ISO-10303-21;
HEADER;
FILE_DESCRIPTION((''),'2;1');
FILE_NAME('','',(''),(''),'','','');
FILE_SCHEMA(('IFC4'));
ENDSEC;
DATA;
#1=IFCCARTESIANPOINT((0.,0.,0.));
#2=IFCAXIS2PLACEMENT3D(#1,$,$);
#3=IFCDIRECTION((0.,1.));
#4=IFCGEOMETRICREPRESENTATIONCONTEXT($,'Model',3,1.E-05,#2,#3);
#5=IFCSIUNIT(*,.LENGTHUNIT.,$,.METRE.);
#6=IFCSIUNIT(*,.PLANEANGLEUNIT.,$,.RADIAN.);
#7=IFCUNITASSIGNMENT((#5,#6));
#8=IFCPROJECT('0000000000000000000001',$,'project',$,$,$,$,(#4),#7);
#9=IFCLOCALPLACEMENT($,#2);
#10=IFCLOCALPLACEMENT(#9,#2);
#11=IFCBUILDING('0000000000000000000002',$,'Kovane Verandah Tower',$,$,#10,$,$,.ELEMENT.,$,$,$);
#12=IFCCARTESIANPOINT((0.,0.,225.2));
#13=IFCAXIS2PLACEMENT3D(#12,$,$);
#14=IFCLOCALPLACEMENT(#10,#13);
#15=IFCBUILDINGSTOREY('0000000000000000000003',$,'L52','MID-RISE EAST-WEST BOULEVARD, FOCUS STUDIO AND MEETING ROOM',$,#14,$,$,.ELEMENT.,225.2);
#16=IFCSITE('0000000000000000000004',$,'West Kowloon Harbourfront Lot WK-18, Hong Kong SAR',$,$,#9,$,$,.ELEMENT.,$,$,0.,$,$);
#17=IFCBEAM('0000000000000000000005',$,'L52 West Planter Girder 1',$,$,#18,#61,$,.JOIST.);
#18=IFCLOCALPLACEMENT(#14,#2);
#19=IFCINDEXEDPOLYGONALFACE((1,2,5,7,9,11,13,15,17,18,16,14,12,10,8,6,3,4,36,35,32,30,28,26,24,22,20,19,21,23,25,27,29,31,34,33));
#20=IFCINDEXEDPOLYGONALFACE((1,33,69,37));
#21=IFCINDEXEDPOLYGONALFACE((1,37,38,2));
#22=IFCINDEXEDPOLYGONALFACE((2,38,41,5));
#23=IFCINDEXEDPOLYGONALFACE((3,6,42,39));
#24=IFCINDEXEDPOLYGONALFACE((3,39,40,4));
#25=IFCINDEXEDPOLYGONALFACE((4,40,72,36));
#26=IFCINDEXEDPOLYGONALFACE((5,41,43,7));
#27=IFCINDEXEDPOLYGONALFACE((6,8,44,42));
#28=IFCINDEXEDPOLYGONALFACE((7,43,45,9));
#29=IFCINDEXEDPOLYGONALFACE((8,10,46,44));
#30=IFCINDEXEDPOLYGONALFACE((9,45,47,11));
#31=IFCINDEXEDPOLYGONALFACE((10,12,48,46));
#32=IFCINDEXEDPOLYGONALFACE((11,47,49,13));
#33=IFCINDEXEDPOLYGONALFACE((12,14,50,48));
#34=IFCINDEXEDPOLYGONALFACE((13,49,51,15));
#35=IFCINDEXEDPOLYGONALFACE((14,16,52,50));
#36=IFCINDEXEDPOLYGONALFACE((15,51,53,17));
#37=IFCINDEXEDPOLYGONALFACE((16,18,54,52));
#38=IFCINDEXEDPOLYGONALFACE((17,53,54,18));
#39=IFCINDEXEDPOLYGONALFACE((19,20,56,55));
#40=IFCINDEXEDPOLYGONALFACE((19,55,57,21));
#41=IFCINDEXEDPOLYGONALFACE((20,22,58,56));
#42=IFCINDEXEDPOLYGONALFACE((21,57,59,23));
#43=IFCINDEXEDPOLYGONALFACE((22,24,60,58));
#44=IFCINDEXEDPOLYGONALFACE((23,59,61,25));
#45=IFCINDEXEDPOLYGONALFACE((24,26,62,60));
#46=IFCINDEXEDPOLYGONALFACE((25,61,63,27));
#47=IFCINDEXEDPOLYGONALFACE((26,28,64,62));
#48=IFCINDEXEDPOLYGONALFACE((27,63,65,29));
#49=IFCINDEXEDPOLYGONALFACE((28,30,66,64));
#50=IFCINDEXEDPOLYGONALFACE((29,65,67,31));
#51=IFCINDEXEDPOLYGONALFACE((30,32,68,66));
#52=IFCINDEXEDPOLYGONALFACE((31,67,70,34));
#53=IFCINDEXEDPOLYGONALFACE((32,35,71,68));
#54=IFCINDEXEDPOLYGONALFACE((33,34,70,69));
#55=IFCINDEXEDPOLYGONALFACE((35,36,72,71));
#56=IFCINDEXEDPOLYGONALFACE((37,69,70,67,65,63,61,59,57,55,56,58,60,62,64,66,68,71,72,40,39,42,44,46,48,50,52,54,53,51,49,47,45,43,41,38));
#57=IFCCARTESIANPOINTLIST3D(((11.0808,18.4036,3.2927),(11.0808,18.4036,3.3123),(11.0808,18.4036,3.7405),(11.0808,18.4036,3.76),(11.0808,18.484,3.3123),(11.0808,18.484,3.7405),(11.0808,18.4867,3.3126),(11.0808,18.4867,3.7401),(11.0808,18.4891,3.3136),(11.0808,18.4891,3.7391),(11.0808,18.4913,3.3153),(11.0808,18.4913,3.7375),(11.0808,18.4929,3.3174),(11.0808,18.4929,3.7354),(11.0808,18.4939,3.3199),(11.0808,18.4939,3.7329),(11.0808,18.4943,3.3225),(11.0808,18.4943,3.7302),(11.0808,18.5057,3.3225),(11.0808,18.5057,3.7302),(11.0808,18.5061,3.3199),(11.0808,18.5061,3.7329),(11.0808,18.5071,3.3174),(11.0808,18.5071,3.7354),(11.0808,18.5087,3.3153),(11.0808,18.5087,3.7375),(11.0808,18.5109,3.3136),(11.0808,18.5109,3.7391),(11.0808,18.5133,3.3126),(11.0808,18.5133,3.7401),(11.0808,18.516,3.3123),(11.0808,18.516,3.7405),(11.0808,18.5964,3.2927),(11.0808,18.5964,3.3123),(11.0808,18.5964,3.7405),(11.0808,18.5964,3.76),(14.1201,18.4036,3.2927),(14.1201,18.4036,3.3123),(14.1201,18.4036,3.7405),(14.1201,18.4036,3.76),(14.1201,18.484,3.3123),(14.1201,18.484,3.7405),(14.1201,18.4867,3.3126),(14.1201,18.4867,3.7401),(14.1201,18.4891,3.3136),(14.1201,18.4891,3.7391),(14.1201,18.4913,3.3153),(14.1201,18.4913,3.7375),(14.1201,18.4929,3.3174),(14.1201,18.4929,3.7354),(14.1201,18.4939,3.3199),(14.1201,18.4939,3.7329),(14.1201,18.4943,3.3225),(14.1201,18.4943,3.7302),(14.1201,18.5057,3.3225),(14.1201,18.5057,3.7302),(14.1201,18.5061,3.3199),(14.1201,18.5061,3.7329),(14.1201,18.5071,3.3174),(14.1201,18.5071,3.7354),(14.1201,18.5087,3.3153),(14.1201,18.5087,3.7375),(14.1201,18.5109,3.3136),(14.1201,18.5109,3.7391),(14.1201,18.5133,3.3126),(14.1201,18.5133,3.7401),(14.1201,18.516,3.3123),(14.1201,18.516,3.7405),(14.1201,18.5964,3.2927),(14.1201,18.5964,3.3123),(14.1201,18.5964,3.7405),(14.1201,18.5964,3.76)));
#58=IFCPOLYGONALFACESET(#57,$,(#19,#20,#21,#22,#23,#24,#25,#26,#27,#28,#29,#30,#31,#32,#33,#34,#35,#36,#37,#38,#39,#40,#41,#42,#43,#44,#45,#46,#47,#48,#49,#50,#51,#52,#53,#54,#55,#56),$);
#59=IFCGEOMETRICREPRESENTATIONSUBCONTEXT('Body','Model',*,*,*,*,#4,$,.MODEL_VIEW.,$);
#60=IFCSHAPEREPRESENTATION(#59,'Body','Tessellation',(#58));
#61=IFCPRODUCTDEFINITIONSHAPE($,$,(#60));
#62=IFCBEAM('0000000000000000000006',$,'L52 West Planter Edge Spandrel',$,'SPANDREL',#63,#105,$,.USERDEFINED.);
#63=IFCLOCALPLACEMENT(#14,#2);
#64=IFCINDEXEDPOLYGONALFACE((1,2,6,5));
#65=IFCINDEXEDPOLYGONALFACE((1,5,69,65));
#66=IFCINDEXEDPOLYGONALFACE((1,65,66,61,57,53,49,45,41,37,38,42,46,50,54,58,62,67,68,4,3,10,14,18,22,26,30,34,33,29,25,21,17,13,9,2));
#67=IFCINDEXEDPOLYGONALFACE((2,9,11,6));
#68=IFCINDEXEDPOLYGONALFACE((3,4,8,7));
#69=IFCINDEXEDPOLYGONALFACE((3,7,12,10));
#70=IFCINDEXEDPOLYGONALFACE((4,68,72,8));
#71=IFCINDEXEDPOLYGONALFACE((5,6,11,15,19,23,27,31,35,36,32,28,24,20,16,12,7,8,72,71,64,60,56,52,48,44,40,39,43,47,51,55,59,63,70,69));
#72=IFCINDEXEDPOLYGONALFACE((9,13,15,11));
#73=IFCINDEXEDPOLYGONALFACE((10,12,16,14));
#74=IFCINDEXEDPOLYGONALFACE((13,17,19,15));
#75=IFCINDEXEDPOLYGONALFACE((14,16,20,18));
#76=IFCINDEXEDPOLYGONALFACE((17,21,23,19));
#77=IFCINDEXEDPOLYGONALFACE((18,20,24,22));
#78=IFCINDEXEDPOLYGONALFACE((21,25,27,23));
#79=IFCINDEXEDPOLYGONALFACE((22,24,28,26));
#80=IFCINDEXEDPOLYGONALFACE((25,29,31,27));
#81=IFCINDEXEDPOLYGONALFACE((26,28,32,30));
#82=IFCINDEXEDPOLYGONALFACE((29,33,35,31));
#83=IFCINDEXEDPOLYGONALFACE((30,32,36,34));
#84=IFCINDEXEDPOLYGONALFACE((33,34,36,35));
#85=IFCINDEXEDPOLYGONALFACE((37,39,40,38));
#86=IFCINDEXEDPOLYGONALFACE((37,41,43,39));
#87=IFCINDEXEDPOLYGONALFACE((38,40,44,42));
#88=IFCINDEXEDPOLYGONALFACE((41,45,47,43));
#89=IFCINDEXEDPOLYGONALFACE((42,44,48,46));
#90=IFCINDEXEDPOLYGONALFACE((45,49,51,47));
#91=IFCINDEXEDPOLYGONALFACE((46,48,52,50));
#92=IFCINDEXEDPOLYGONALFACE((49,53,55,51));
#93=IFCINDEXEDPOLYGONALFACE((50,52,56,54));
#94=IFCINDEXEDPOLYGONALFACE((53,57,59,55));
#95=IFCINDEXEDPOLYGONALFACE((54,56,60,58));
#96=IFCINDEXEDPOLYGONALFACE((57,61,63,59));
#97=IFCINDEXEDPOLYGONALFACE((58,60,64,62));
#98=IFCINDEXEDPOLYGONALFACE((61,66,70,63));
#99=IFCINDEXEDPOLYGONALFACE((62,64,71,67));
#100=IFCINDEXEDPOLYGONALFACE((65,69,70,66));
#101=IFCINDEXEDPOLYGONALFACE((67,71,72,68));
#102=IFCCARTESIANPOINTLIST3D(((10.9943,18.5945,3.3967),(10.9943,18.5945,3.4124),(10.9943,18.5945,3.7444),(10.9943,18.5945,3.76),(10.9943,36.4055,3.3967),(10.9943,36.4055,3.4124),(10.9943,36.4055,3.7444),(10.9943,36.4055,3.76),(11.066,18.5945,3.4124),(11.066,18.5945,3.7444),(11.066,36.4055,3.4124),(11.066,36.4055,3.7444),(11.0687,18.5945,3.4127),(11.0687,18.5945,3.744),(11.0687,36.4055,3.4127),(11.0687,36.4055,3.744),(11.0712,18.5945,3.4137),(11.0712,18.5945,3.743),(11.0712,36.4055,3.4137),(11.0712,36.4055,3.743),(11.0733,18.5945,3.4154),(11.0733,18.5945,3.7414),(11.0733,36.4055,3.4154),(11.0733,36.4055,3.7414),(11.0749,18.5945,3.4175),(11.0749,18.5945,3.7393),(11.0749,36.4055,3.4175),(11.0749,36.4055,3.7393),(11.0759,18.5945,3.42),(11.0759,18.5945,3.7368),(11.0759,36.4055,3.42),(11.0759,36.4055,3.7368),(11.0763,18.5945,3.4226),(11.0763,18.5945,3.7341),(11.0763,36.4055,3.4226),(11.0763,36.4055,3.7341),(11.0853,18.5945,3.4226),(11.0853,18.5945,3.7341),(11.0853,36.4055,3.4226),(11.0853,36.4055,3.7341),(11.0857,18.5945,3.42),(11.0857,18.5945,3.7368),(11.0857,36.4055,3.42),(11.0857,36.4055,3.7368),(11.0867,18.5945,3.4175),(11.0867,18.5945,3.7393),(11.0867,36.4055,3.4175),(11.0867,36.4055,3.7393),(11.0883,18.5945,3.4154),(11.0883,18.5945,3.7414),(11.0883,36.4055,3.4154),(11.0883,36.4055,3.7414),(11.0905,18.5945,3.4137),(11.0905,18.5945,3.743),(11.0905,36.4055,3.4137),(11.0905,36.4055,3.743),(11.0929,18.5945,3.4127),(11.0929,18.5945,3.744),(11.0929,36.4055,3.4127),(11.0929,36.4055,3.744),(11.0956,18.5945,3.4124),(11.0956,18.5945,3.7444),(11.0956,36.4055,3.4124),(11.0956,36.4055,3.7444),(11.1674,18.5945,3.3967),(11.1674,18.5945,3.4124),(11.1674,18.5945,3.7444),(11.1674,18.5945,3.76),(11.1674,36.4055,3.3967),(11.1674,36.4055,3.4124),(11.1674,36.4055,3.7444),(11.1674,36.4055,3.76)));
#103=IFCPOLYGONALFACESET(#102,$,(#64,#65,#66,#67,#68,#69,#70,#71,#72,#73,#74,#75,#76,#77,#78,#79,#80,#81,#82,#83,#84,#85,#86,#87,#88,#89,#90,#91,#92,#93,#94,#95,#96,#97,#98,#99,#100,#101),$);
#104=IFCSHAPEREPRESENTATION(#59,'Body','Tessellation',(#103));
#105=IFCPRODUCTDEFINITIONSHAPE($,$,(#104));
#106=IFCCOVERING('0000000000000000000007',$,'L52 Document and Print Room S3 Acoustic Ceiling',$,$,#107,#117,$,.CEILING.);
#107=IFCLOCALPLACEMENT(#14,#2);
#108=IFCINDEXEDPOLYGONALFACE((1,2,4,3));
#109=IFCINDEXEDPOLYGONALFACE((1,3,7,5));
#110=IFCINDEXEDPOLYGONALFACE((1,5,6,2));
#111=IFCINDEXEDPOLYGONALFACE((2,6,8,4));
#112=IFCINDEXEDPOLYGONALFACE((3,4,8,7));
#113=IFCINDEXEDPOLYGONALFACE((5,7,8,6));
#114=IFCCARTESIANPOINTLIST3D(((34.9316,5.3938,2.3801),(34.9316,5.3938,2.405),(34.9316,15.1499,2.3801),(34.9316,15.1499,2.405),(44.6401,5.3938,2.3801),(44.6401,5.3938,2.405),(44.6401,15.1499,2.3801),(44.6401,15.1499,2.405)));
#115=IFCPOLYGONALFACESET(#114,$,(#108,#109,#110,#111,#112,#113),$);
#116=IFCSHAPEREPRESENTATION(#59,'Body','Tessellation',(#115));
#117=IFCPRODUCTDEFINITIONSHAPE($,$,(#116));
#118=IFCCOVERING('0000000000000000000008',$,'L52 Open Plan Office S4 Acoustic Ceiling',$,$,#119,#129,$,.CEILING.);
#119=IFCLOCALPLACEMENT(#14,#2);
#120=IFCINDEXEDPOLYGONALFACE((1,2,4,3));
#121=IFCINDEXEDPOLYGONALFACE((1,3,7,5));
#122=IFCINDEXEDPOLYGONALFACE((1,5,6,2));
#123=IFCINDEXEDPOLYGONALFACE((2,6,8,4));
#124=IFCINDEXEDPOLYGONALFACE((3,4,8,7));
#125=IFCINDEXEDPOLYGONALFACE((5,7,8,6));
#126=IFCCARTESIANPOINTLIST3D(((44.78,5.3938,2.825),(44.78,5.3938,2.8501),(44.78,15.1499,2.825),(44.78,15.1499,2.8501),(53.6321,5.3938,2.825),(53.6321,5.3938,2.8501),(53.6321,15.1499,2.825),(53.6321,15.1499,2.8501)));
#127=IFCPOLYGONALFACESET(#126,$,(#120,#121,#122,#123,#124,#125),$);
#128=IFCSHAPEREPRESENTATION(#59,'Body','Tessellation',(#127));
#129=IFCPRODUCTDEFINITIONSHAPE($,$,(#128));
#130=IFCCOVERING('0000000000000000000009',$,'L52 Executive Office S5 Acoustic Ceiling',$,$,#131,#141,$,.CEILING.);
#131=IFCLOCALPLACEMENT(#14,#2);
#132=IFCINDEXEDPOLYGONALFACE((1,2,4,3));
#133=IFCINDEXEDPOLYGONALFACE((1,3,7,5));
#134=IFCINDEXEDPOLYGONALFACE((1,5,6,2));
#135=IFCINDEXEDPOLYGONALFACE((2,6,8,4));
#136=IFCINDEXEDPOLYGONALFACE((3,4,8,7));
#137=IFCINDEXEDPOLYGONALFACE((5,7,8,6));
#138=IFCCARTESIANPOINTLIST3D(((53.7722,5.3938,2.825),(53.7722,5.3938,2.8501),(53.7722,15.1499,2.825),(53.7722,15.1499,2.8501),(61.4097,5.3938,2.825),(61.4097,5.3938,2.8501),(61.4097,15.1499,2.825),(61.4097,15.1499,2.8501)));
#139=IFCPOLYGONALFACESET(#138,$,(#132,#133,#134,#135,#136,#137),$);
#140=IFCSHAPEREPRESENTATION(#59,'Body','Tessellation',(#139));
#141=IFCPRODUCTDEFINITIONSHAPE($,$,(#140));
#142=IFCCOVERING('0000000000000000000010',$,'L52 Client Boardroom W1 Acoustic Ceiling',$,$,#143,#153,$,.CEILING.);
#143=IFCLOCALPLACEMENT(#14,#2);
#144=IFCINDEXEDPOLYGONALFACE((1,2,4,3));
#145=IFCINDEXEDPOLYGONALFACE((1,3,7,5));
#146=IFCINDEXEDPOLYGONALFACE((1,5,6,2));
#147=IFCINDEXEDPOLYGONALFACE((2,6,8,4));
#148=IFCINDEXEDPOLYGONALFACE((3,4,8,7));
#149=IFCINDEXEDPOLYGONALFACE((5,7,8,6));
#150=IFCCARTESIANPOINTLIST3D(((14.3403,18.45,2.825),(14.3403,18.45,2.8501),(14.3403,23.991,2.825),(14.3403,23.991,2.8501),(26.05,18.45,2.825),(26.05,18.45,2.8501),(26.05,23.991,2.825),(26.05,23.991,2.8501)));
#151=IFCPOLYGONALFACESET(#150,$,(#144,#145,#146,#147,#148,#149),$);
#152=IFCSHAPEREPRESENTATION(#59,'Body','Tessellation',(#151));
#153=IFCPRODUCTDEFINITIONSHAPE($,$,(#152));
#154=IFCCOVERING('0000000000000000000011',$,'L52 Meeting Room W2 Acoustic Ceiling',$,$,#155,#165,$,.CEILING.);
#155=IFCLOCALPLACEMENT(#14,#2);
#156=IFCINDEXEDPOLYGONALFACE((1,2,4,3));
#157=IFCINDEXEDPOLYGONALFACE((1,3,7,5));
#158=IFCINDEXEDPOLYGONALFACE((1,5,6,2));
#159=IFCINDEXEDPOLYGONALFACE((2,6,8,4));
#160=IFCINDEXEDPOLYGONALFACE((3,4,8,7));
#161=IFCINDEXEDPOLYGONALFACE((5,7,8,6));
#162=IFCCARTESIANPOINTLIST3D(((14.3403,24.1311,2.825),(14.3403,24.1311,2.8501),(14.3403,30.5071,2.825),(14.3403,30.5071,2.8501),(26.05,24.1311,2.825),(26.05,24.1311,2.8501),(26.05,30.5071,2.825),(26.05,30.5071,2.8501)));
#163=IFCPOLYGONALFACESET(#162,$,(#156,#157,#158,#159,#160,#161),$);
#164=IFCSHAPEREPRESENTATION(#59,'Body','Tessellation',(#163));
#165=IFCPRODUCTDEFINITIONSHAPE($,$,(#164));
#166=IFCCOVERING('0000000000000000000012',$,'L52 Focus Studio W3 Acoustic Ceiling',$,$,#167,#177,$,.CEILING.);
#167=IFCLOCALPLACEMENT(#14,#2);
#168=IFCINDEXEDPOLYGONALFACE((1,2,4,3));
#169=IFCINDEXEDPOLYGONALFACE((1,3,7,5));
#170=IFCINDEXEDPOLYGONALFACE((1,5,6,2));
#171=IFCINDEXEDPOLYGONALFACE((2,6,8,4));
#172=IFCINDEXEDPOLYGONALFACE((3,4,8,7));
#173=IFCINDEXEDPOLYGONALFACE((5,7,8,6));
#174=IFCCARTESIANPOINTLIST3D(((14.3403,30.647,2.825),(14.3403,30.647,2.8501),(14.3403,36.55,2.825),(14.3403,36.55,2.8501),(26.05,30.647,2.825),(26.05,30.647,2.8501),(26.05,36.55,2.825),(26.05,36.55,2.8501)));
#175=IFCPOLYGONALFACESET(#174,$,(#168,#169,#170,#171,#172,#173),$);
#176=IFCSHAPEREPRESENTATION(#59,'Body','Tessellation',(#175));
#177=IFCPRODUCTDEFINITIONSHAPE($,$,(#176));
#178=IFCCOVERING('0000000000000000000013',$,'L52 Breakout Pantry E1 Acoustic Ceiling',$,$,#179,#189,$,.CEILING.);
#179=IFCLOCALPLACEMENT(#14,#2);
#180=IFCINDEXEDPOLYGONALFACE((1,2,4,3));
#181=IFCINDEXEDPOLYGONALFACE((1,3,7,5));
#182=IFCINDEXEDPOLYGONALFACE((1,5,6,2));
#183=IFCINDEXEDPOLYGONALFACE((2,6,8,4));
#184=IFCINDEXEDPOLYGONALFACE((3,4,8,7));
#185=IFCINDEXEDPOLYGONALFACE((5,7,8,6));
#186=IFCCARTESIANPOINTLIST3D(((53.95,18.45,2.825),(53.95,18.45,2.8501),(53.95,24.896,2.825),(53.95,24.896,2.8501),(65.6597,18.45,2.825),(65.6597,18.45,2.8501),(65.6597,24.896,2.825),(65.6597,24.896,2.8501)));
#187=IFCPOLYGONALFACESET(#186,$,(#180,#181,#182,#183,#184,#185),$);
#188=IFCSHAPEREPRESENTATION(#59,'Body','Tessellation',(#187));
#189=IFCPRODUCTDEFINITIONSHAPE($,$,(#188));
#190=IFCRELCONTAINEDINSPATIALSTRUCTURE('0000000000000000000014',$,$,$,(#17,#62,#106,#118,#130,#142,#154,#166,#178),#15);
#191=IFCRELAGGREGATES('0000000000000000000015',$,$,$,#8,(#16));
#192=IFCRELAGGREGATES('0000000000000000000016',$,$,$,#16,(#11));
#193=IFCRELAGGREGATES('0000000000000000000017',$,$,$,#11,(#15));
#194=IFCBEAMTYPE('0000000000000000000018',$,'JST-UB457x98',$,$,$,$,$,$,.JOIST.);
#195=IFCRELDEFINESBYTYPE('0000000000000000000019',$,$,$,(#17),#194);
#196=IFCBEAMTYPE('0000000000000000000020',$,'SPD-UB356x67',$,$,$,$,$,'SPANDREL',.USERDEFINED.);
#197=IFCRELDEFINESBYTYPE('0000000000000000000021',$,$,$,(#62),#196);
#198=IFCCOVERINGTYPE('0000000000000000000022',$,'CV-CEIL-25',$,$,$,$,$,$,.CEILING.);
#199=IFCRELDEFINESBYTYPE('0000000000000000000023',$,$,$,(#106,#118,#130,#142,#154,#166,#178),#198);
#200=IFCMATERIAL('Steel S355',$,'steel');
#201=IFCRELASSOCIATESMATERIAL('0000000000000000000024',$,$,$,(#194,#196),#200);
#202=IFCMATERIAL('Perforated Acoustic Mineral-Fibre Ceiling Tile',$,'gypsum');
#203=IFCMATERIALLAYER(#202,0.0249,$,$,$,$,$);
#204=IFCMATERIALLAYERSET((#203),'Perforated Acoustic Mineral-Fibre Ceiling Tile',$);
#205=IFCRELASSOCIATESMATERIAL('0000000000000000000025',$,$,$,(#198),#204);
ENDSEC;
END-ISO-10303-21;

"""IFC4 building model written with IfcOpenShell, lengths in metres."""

from ifc_helpers import new_model, si_unit, direction, frame, origin, origin_2d, place, context, subcontext, project, spatial, polyline, i_section, outline, extrude, material, layer, layer_set, material_profile, profile_set, type_object, element, save


model = new_model("IFC4")

# Units and contexts
model_context = context("Model", 3, precision=1e-05, world=origin(), true_north=direction((0.0, 1.0)))
body_context = subcontext(model_context, "Body", "Model", "MODEL_VIEW")
ifc_project = project(units=[si_unit("LENGTHUNIT", "METRE"), si_unit("PLANEANGLEUNIT", "RADIAN")], contexts=[model_context])

# Site, building, storey
site_placement = place(None, origin())
site = spatial("IfcSite", under=ifc_project, at=site_placement, Name="West Kowloon Harbourfront Lot WK-18, Hong Kong SAR", CompositionType="ELEMENT", RefElevation=0.0)
building_placement = place(site_placement, origin())
building = spatial("IfcBuilding", under=site, at=building_placement, Name="Kovane Verandah Tower", CompositionType="ELEMENT")
storey_placement = place(building_placement, frame((0.0, 0.0, 225.2)))
storey = spatial("IfcBuildingStorey", under=building, at=storey_placement, Name="L52", Description="MID-RISE EAST-WEST BOULEVARD, FOCUS STUDIO AND MEETING ROOM", CompositionType="ELEMENT", Elevation=225.2)

# Beams
ifc_material_1 = material(Name="Steel S355", Category="steel")
ifc_material_profile_1 = material_profile(ifc_material_1, i_section(OverallWidth=0.1929, OverallDepth=0.4673, WebThickness=0.0115, FlangeThickness=0.0195, FilletRadius=0.0103, at=origin_2d()), Name="UB457x191x98")
ifc_profile_set_1 = profile_set([ifc_material_profile_1], Name="Steel S355")
beam_type_1 = type_object("IfcBeamType", Name="JST-UB457x98", PredefinedType="JOIST", material=ifc_profile_set_1)
beam_1_placement = place(storey_placement, frame((14.1201, 18.5, 3.5264), z_axis=(-1.0, 0.0, 0.0), x_axis=(0.0, -1.0, 0.0)))
element("IfcBeam", 1, at=beam_1_placement, inside=storey, type_object=beam_type_1, Name="L52 West Planter Girder 1", PredefinedType="JOIST", context=body_context, shape_type="SweptSolid", body=[
    extrude(i_section(OverallWidth=0.1929, OverallDepth=0.4673, WebThickness=0.0115, FlangeThickness=0.0195, FilletRadius=0.0103, at=origin_2d()), origin(), (0.0, 0.0, 1.0), 3.0393),
])
ifc_material_profile_2 = material_profile(ifc_material_1, i_section(OverallWidth=0.1731, OverallDepth=0.3633, WebThickness=0.009, FlangeThickness=0.0156, FilletRadius=0.0103, at=origin_2d()), Name="UB356x171x67")
ifc_profile_set_2 = profile_set([ifc_material_profile_2], Name="Steel S355")
beam_type_2 = type_object("IfcBeamType", Name="SPD-UB356x67", ElementType="SPANDREL", PredefinedType="USERDEFINED", material=ifc_profile_set_2)
beam_2_placement = place(storey_placement, frame((11.0808, 18.5945, 3.5784), z_axis=(0.0, 1.0, 0.0), x_axis=(-1.0, 0.0, 0.0)))
element("IfcBeam", 2, at=beam_2_placement, inside=storey, type_object=beam_type_2, Name="L52 West Planter Edge Spandrel", ObjectType="SPANDREL", PredefinedType="USERDEFINED", context=body_context, shape_type="SweptSolid", body=[
    extrude(i_section(OverallWidth=0.1731, OverallDepth=0.3633, WebThickness=0.009, FlangeThickness=0.0156, FilletRadius=0.0103, at=origin_2d()), origin(), (0.0, 0.0, 1.0), 17.811),
])

# Coverings
ifc_material_2 = material(Name="Perforated Acoustic Mineral-Fibre Ceiling Tile", Category="gypsum")
ifc_layer_1 = layer(ifc_material_2, 0.0249)
ifc_layer_set_1 = layer_set([ifc_layer_1], Name="Perforated Acoustic Mineral-Fibre Ceiling Tile")
covering_type_1 = type_object("IfcCoveringType", Name="CV-CEIL-25", PredefinedType="CEILING", material=ifc_layer_set_1)
covering_1_placement = place(storey_placement, frame((0.0, 0.0, 2.3801)))
element("IfcCovering", 3, at=covering_1_placement, inside=storey, type_object=covering_type_1, Name="L52 Document and Print Room S3 Acoustic Ceiling", PredefinedType="CEILING", context=body_context, shape_type="SweptSolid", body=[
    extrude(outline(polyline([(34.9316, 5.3938), (44.6401, 5.3938), (44.6401, 15.1499), (34.9316, 15.1499), (34.9316, 5.3938)])), origin(), (0.0, 0.0, 1.0), 0.0249),
])
covering_2_placement = place(storey_placement, frame((0.0, 0.0, 2.825)))
element("IfcCovering", 4, at=covering_2_placement, inside=storey, type_object=covering_type_1, Name="L52 Open Plan Office S4 Acoustic Ceiling", PredefinedType="CEILING", context=body_context, shape_type="SweptSolid", body=[
    extrude(outline(polyline([(44.78, 5.3938), (53.6321, 5.3938), (53.6321, 15.1499), (44.78, 15.1499), (44.78, 5.3938)])), origin(), (0.0, 0.0, 1.0), 0.0251),
])
covering_3_placement = place(storey_placement, frame((0.0, 0.0, 2.825)))
element("IfcCovering", 5, at=covering_3_placement, inside=storey, type_object=covering_type_1, Name="L52 Executive Office S5 Acoustic Ceiling", PredefinedType="CEILING", context=body_context, shape_type="SweptSolid", body=[
    extrude(outline(polyline([(53.7722, 5.3938), (61.4097, 5.3938), (61.4097, 15.1499), (53.7722, 15.1499), (53.7722, 5.3938)])), origin(), (0.0, 0.0, 1.0), 0.0251),
])
covering_4_placement = place(storey_placement, frame((0.0, 0.0, 2.825)))
element("IfcCovering", 6, at=covering_4_placement, inside=storey, type_object=covering_type_1, Name="L52 Client Boardroom W1 Acoustic Ceiling", PredefinedType="CEILING", context=body_context, shape_type="SweptSolid", body=[
    extrude(outline(polyline([(14.3403, 18.45), (26.05, 18.45), (26.05, 23.991), (14.3403, 23.991), (14.3403, 18.45)])), origin(), (0.0, 0.0, 1.0), 0.0251),
])
covering_5_placement = place(storey_placement, frame((0.0, 0.0, 2.825)))
element("IfcCovering", 7, at=covering_5_placement, inside=storey, type_object=covering_type_1, Name="L52 Meeting Room W2 Acoustic Ceiling", PredefinedType="CEILING", context=body_context, shape_type="SweptSolid", body=[
    extrude(outline(polyline([(14.3403, 24.1311), (26.05, 24.1311), (26.05, 30.5071), (14.3403, 30.5071), (14.3403, 24.1311)])), origin(), (0.0, 0.0, 1.0), 0.0251),
])
covering_6_placement = place(storey_placement, frame((0.0, 0.0, 2.825)))
element("IfcCovering", 8, at=covering_6_placement, inside=storey, type_object=covering_type_1, Name="L52 Focus Studio W3 Acoustic Ceiling", PredefinedType="CEILING", context=body_context, shape_type="SweptSolid", body=[
    extrude(outline(polyline([(14.3403, 30.647), (26.05, 30.647), (26.05, 36.55), (14.3403, 36.55), (14.3403, 30.647)])), origin(), (0.0, 0.0, 1.0), 0.0251),
])
covering_7_placement = place(storey_placement, frame((0.0, 0.0, 2.825)))
element("IfcCovering", 9, at=covering_7_placement, inside=storey, type_object=covering_type_1, Name="L52 Breakout Pantry E1 Acoustic Ceiling", PredefinedType="CEILING", context=body_context, shape_type="SweptSolid", body=[
    extrude(outline(polyline([(53.95, 18.45), (65.6597, 18.45), (65.6597, 24.896), (53.95, 24.896), (53.95, 18.45)])), origin(), (0.0, 0.0, 1.0), 0.0251),
])

save(model, "model.ifc")
